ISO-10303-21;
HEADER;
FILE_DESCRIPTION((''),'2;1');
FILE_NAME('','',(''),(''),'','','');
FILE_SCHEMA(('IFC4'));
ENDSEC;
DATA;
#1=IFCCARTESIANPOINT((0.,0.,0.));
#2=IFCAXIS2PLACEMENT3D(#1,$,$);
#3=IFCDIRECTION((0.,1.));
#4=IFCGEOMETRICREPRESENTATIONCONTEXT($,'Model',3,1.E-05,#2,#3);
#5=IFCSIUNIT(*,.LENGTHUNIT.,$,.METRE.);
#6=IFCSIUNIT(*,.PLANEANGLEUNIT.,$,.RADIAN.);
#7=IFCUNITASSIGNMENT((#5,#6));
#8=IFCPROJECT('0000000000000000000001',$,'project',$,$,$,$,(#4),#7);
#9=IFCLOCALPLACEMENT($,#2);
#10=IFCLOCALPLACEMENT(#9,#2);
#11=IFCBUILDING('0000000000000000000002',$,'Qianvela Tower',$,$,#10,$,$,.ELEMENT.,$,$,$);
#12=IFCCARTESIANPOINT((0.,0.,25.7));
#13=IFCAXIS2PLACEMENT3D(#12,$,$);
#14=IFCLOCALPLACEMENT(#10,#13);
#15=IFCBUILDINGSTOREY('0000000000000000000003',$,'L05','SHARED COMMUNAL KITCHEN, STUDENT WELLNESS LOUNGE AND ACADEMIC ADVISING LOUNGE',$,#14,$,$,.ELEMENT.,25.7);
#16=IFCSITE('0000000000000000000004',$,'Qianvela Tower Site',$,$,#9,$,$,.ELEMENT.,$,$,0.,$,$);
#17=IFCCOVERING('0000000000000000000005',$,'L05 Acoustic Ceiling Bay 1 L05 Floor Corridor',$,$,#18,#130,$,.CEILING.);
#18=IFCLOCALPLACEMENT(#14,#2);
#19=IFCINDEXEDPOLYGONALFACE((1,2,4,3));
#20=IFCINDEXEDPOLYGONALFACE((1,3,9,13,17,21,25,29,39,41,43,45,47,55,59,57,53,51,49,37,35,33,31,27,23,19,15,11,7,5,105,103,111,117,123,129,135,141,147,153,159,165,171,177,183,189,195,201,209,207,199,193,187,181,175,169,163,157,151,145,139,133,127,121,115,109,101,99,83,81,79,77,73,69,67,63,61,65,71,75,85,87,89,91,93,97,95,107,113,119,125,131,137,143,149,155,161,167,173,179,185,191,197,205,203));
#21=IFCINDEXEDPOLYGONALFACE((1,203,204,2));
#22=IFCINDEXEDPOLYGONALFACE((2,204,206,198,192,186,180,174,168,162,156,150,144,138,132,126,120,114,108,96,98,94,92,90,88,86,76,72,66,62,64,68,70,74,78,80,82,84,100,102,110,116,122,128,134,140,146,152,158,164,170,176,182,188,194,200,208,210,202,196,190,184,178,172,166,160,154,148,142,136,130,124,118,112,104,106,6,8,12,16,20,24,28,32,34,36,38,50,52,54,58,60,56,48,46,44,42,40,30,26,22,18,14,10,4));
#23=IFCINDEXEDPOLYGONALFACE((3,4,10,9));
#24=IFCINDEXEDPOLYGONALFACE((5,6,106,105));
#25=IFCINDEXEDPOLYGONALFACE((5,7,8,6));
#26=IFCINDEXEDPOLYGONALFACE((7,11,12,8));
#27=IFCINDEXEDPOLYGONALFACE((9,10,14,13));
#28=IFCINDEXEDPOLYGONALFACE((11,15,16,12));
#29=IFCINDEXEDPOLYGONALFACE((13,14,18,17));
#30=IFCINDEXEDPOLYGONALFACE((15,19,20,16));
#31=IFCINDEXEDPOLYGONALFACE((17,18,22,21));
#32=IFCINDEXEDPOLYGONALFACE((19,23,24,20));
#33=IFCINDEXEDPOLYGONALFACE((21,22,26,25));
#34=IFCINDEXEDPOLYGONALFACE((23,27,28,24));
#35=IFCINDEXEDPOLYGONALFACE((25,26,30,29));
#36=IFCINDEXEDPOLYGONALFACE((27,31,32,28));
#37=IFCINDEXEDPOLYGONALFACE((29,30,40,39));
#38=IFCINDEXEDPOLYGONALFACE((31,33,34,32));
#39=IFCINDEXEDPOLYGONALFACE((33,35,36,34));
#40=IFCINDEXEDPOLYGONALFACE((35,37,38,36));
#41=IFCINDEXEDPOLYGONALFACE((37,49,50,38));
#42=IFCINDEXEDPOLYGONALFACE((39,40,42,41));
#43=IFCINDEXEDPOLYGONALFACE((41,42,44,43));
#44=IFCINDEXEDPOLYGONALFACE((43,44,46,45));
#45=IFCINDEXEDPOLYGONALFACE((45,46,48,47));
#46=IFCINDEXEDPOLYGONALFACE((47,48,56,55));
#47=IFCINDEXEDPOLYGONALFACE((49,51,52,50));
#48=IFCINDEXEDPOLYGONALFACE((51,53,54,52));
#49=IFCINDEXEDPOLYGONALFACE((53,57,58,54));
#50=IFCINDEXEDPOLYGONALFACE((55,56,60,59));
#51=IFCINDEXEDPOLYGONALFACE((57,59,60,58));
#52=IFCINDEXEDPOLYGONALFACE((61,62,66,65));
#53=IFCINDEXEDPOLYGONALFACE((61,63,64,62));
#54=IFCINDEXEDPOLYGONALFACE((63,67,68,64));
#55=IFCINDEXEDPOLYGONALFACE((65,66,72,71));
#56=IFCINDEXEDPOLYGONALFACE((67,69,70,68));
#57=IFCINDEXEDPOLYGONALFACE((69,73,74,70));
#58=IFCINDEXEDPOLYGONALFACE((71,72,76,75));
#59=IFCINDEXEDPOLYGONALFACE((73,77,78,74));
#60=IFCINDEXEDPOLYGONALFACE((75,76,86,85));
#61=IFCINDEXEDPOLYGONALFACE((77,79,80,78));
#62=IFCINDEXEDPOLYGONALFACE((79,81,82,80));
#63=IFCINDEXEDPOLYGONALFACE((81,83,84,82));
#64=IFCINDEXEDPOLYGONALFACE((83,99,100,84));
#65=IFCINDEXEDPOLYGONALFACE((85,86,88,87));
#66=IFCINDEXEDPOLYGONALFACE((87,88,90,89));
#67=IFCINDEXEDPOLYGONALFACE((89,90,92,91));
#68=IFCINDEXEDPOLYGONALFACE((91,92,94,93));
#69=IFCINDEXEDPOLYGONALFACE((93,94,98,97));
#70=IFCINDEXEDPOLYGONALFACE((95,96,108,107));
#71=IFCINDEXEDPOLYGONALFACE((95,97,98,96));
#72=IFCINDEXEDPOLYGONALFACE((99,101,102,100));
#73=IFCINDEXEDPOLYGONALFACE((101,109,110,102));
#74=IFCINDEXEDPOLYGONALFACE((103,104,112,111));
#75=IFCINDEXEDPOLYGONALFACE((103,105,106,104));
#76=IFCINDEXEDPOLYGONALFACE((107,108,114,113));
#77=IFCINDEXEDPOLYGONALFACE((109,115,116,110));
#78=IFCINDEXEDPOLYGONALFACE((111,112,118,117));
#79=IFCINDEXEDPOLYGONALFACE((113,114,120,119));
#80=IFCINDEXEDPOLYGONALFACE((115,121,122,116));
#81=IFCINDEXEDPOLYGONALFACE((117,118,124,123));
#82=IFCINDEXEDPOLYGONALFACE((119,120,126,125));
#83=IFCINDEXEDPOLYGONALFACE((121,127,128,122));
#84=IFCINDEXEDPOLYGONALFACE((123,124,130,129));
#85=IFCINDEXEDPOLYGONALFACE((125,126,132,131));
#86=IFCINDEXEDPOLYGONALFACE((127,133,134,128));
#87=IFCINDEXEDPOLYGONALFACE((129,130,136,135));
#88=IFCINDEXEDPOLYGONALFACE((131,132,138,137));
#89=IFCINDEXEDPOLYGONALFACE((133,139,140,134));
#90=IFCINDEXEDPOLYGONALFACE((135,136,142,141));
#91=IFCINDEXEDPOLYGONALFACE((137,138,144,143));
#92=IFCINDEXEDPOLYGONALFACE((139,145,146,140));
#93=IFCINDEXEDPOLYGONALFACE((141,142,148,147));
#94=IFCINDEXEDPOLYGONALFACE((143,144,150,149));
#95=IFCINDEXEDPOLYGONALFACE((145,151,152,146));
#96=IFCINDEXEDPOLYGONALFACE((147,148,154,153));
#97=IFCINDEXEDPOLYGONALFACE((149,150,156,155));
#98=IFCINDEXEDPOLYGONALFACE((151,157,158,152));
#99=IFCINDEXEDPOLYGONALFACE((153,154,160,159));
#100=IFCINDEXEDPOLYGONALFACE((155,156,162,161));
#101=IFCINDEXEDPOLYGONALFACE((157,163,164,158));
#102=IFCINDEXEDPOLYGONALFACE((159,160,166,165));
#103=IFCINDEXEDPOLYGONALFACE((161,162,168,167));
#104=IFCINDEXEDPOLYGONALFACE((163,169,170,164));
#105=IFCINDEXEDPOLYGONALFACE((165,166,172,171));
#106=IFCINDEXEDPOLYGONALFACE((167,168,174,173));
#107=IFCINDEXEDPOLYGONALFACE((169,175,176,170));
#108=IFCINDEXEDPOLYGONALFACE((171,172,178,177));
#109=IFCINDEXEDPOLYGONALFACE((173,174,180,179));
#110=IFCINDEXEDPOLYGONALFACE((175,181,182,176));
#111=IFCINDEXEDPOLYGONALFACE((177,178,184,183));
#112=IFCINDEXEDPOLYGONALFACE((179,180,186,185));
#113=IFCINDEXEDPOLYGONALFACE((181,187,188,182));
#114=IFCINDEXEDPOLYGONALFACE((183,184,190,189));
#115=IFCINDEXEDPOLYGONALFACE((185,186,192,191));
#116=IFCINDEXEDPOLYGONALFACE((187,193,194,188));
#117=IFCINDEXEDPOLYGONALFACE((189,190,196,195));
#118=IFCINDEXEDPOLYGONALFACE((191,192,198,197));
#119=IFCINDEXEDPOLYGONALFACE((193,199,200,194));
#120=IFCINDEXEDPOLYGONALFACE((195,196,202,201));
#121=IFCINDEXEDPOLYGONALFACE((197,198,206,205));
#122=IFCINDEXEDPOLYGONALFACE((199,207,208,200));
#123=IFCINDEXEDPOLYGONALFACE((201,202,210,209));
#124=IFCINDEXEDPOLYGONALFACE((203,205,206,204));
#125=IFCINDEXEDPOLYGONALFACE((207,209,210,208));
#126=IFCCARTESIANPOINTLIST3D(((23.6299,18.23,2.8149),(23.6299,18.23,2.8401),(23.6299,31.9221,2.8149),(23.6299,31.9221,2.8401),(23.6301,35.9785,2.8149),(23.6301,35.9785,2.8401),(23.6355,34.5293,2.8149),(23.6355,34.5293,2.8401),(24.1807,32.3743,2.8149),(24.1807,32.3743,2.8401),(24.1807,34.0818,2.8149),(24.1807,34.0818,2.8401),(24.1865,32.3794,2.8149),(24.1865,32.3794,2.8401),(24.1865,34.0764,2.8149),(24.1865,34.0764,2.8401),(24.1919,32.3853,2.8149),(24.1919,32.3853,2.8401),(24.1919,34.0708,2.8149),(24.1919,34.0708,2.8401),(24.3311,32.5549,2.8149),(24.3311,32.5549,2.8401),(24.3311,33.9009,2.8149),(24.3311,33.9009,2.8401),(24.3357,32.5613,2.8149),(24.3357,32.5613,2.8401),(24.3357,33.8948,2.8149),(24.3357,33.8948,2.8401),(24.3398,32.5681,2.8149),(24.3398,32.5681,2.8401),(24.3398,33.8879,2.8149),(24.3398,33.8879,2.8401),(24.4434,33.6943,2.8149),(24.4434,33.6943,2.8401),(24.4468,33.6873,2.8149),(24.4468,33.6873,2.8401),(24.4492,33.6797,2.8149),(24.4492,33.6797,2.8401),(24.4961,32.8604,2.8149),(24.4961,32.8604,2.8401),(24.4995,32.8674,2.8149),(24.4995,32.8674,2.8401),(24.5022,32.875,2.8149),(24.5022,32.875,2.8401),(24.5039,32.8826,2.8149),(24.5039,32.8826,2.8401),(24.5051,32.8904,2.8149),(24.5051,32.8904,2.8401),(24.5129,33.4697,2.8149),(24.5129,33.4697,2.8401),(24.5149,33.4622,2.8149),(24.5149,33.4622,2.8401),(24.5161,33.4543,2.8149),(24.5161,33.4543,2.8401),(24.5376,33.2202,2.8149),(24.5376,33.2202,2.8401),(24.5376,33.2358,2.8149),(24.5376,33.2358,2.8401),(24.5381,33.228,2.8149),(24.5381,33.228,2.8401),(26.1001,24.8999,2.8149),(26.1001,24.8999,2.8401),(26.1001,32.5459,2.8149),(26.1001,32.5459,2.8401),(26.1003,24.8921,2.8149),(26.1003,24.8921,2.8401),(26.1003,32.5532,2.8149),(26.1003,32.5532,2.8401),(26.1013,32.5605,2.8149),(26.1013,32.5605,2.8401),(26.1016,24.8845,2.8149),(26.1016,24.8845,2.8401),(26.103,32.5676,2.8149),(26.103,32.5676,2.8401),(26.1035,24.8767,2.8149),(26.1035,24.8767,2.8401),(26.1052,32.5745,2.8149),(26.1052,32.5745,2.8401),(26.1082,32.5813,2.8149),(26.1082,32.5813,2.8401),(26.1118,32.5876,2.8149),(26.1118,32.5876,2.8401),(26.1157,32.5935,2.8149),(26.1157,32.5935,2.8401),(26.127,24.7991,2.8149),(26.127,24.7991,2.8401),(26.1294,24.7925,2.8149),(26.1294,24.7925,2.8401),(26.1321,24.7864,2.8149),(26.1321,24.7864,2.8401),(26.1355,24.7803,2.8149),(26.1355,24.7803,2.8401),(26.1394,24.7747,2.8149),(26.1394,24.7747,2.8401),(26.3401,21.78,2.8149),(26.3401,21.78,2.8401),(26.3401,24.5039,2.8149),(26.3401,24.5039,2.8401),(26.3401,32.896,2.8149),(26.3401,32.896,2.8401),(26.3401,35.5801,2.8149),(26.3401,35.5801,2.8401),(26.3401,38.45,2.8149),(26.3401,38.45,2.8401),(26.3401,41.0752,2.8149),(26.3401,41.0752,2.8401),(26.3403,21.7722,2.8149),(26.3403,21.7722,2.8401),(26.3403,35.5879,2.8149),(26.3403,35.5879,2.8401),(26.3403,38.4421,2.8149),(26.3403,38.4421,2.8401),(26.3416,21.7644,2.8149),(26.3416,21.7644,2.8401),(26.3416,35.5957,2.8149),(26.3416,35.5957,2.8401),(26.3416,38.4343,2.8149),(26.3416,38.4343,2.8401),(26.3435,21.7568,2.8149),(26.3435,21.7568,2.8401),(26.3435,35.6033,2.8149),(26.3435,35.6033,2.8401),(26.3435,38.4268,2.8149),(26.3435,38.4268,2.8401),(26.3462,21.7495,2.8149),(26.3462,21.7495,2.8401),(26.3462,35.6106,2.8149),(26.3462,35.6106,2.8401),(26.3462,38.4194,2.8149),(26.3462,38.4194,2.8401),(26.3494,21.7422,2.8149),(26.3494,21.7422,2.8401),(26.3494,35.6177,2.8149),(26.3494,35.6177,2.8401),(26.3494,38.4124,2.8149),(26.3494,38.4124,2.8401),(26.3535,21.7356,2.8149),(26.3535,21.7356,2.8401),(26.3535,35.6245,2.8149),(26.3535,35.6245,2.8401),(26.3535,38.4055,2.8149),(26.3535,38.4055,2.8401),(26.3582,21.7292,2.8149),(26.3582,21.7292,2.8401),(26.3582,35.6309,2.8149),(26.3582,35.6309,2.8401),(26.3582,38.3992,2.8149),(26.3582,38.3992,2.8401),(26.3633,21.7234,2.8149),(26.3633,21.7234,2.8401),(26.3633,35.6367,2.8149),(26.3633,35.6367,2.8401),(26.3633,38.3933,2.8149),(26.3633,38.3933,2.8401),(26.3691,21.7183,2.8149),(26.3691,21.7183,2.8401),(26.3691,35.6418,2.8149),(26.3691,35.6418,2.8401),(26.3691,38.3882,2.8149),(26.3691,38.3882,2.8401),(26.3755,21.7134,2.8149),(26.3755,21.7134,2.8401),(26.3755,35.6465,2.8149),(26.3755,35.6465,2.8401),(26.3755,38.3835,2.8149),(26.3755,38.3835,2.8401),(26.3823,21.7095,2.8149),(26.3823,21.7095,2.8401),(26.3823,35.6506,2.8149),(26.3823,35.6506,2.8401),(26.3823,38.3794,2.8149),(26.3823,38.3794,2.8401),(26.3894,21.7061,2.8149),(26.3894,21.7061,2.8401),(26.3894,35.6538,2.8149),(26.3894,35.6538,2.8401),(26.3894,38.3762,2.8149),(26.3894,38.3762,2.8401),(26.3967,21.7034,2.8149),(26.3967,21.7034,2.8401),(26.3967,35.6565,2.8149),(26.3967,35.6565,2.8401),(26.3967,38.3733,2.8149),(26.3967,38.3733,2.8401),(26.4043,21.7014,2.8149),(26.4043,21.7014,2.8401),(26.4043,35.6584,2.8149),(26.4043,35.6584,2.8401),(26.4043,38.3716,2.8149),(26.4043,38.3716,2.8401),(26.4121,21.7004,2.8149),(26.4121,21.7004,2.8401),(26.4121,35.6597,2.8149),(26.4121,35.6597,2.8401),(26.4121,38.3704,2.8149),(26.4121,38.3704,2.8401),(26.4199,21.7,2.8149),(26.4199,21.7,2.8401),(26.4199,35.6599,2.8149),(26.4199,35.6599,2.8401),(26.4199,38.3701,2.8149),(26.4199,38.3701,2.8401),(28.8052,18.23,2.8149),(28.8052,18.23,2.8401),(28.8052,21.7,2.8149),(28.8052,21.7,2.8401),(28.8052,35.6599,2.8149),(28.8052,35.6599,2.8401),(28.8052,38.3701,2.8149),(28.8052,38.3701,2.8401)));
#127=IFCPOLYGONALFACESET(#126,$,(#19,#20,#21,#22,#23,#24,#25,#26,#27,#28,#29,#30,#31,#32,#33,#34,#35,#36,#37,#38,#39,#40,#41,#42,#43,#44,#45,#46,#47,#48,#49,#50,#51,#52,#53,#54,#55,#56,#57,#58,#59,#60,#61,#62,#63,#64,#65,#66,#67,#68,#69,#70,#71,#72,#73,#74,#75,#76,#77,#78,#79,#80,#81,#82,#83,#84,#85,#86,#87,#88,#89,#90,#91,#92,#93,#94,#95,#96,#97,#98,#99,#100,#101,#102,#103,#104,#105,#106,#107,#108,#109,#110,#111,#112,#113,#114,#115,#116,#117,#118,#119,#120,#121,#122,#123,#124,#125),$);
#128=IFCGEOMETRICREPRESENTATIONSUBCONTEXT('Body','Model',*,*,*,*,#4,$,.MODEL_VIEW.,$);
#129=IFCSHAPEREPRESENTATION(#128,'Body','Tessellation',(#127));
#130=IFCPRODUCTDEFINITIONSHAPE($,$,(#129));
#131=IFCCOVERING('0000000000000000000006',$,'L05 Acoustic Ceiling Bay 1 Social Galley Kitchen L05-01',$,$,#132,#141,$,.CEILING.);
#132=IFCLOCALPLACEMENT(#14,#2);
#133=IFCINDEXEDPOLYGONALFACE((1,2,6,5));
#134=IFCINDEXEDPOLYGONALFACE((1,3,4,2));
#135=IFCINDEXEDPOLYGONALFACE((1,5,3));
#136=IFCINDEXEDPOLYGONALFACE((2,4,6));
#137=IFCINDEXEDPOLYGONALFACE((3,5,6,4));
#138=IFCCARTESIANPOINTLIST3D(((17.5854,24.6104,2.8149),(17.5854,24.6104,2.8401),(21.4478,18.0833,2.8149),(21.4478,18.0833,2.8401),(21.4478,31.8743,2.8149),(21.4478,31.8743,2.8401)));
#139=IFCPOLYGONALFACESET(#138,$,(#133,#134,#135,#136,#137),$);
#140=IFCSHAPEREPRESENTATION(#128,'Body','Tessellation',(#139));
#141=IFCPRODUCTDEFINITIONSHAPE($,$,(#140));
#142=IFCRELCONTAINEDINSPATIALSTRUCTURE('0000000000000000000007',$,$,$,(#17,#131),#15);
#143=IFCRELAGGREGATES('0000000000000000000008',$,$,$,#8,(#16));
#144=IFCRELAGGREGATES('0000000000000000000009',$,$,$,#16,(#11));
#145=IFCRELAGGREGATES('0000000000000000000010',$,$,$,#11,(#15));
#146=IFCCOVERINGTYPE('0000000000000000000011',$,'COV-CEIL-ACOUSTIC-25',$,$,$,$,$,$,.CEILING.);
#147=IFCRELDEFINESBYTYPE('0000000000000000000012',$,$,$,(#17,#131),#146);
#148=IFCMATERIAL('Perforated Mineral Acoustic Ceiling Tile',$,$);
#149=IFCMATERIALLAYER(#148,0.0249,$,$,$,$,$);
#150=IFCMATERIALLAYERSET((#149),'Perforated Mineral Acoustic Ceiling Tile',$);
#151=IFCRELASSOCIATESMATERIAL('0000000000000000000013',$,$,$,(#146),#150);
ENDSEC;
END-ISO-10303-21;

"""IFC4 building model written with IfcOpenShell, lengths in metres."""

from ifc_helpers import new_model, si_unit, direction, frame, origin, place, context, subcontext, project, spatial, polyline, outline, extrude, material, layer, layer_set, type_object, element, save


model = new_model("IFC4")

# Units and contexts
model_context = context("Model", 3, precision=1e-05, world=origin(), true_north=direction((0.0, 1.0)))
body_context = subcontext(model_context, "Body", "Model", "MODEL_VIEW")
ifc_project = project(units=[si_unit("LENGTHUNIT", "METRE"), si_unit("PLANEANGLEUNIT", "RADIAN")], contexts=[model_context])

# Site, building, storey
site_placement = place(None, origin())
site = spatial("IfcSite", under=ifc_project, at=site_placement, Name="Qianvela Tower Site", CompositionType="ELEMENT", RefElevation=0.0)
building_placement = place(site_placement, origin())
building = spatial("IfcBuilding", under=site, at=building_placement, Name="Qianvela Tower", CompositionType="ELEMENT")
storey_placement = place(building_placement, frame((0.0, 0.0, 25.7)))
storey = spatial("IfcBuildingStorey", under=building, at=storey_placement, Name="L05", Description="SHARED COMMUNAL KITCHEN, STUDENT WELLNESS LOUNGE AND ACADEMIC ADVISING LOUNGE", CompositionType="ELEMENT", Elevation=25.7)

# Coverings
ifc_material_1 = material(Name="Perforated Mineral Acoustic Ceiling Tile")
ifc_layer_1 = layer(ifc_material_1, 0.0249)
ifc_layer_set_1 = layer_set([ifc_layer_1], Name="Perforated Mineral Acoustic Ceiling Tile")
covering_type_1 = type_object("IfcCoveringType", Name="COV-CEIL-ACOUSTIC-25", PredefinedType="CEILING", material=ifc_layer_set_1)
covering_1_placement = place(storey_placement, frame((0.0, 0.0, 2.8149)))
element("IfcCovering", 1, at=covering_1_placement, inside=storey, type_object=covering_type_1, Name="L05 Acoustic Ceiling Bay 1 L05 Floor Corridor", PredefinedType="CEILING", context=body_context, shape_type="SweptSolid", body=[
    extrude(outline(polyline([(24.5149, 33.4622), (24.5129, 33.4697), (24.4492, 33.6797), (24.4468, 33.6873), (24.4434, 33.6943), (24.3398, 33.8879), (24.3357, 33.8948), (24.3311, 33.9009), (24.1919, 34.0708), (24.1865, 34.0764), (24.1807, 34.0818), (23.6355, 34.5293), (23.6301, 35.9785), (26.3401, 41.0752), (26.3401, 38.45), (26.3403, 38.4421), (26.3416, 38.4343), (26.3435, 38.4268), (26.3462, 38.4194), (26.3494, 38.4124), (26.3535, 38.4055), (26.3582, 38.3992), (26.3633, 38.3933), (26.3691, 38.3882), (26.3755, 38.3835), (26.3823, 38.3794), (26.3894, 38.3762), (26.3967, 38.3733), (26.4043, 38.3716), (26.4121, 38.3704), (26.4199, 38.3701), (28.8052, 38.3701), (28.8052, 35.6599), (26.4199, 35.6599), (26.4121, 35.6597), (26.4043, 35.6584), (26.3967, 35.6565), (26.3894, 35.6538), (26.3823, 35.6506), (26.3755, 35.6465), (26.3691, 35.6418), (26.3633, 35.6367), (26.3582, 35.6309), (26.3535, 35.6245), (26.3494, 35.6177), (26.3462, 35.6106), (26.3435, 35.6033), (26.3416, 35.5957), (26.3403, 35.5879), (26.3401, 35.5801), (26.3401, 32.896), (26.1157, 32.5935), (26.1118, 32.5876), (26.1082, 32.5813), (26.1052, 32.5745), (26.103, 32.5676), (26.1013, 32.5605), (26.1003, 32.5532), (26.1001, 32.5459), (26.1001, 24.8999), (26.1003, 24.8921), (26.1016, 24.8845), (26.1035, 24.8767), (26.127, 24.7991), (26.1294, 24.7925), (26.1321, 24.7864), (26.1355, 24.7803), (26.1394, 24.7747), (26.3401, 24.5039), (26.3401, 21.78), (26.3403, 21.7722), (26.3416, 21.7644), (26.3435, 21.7568), (26.3462, 21.7495), (26.3494, 21.7422), (26.3535, 21.7356), (26.3582, 21.7292), (26.3633, 21.7234), (26.3691, 21.7183), (26.3755, 21.7134), (26.3823, 21.7095), (26.3894, 21.7061), (26.3967, 21.7034), (26.4043, 21.7014), (26.4121, 21.7004), (26.4199, 21.7), (28.8052, 21.7), (28.8052, 18.23), (23.6299, 18.23), (23.6299, 31.9221), (24.1807, 32.3743), (24.1865, 32.3794), (24.1919, 32.3853), (24.3311, 32.5549), (24.3357, 32.5613), (24.3398, 32.5681), (24.4961, 32.8604), (24.4995, 32.8674), (24.5022, 32.875), (24.5039, 32.8826), (24.5051, 32.8904), (24.5376, 33.2202), (24.5381, 33.228), (24.5376, 33.2358), (24.5161, 33.4543), (24.5149, 33.4622)])), origin(), (0.0, 0.0, 1.0), 0.0251),
])
covering_2_placement = place(storey_placement, frame((0.0, 0.0, 2.8149)))
element("IfcCovering", 2, at=covering_2_placement, inside=storey, type_object=covering_type_1, Name="L05 Acoustic Ceiling Bay 1 Social Galley Kitchen L05-01", PredefinedType="CEILING", context=body_context, shape_type="SweptSolid", body=[
    extrude(outline(polyline([(17.5854, 24.6104), (21.4478, 31.8743), (21.4478, 18.0833), (17.5854, 24.6104)])), origin(), (0.0, 0.0, 1.0), 0.0251),
])

save(model, "model.ifc")
